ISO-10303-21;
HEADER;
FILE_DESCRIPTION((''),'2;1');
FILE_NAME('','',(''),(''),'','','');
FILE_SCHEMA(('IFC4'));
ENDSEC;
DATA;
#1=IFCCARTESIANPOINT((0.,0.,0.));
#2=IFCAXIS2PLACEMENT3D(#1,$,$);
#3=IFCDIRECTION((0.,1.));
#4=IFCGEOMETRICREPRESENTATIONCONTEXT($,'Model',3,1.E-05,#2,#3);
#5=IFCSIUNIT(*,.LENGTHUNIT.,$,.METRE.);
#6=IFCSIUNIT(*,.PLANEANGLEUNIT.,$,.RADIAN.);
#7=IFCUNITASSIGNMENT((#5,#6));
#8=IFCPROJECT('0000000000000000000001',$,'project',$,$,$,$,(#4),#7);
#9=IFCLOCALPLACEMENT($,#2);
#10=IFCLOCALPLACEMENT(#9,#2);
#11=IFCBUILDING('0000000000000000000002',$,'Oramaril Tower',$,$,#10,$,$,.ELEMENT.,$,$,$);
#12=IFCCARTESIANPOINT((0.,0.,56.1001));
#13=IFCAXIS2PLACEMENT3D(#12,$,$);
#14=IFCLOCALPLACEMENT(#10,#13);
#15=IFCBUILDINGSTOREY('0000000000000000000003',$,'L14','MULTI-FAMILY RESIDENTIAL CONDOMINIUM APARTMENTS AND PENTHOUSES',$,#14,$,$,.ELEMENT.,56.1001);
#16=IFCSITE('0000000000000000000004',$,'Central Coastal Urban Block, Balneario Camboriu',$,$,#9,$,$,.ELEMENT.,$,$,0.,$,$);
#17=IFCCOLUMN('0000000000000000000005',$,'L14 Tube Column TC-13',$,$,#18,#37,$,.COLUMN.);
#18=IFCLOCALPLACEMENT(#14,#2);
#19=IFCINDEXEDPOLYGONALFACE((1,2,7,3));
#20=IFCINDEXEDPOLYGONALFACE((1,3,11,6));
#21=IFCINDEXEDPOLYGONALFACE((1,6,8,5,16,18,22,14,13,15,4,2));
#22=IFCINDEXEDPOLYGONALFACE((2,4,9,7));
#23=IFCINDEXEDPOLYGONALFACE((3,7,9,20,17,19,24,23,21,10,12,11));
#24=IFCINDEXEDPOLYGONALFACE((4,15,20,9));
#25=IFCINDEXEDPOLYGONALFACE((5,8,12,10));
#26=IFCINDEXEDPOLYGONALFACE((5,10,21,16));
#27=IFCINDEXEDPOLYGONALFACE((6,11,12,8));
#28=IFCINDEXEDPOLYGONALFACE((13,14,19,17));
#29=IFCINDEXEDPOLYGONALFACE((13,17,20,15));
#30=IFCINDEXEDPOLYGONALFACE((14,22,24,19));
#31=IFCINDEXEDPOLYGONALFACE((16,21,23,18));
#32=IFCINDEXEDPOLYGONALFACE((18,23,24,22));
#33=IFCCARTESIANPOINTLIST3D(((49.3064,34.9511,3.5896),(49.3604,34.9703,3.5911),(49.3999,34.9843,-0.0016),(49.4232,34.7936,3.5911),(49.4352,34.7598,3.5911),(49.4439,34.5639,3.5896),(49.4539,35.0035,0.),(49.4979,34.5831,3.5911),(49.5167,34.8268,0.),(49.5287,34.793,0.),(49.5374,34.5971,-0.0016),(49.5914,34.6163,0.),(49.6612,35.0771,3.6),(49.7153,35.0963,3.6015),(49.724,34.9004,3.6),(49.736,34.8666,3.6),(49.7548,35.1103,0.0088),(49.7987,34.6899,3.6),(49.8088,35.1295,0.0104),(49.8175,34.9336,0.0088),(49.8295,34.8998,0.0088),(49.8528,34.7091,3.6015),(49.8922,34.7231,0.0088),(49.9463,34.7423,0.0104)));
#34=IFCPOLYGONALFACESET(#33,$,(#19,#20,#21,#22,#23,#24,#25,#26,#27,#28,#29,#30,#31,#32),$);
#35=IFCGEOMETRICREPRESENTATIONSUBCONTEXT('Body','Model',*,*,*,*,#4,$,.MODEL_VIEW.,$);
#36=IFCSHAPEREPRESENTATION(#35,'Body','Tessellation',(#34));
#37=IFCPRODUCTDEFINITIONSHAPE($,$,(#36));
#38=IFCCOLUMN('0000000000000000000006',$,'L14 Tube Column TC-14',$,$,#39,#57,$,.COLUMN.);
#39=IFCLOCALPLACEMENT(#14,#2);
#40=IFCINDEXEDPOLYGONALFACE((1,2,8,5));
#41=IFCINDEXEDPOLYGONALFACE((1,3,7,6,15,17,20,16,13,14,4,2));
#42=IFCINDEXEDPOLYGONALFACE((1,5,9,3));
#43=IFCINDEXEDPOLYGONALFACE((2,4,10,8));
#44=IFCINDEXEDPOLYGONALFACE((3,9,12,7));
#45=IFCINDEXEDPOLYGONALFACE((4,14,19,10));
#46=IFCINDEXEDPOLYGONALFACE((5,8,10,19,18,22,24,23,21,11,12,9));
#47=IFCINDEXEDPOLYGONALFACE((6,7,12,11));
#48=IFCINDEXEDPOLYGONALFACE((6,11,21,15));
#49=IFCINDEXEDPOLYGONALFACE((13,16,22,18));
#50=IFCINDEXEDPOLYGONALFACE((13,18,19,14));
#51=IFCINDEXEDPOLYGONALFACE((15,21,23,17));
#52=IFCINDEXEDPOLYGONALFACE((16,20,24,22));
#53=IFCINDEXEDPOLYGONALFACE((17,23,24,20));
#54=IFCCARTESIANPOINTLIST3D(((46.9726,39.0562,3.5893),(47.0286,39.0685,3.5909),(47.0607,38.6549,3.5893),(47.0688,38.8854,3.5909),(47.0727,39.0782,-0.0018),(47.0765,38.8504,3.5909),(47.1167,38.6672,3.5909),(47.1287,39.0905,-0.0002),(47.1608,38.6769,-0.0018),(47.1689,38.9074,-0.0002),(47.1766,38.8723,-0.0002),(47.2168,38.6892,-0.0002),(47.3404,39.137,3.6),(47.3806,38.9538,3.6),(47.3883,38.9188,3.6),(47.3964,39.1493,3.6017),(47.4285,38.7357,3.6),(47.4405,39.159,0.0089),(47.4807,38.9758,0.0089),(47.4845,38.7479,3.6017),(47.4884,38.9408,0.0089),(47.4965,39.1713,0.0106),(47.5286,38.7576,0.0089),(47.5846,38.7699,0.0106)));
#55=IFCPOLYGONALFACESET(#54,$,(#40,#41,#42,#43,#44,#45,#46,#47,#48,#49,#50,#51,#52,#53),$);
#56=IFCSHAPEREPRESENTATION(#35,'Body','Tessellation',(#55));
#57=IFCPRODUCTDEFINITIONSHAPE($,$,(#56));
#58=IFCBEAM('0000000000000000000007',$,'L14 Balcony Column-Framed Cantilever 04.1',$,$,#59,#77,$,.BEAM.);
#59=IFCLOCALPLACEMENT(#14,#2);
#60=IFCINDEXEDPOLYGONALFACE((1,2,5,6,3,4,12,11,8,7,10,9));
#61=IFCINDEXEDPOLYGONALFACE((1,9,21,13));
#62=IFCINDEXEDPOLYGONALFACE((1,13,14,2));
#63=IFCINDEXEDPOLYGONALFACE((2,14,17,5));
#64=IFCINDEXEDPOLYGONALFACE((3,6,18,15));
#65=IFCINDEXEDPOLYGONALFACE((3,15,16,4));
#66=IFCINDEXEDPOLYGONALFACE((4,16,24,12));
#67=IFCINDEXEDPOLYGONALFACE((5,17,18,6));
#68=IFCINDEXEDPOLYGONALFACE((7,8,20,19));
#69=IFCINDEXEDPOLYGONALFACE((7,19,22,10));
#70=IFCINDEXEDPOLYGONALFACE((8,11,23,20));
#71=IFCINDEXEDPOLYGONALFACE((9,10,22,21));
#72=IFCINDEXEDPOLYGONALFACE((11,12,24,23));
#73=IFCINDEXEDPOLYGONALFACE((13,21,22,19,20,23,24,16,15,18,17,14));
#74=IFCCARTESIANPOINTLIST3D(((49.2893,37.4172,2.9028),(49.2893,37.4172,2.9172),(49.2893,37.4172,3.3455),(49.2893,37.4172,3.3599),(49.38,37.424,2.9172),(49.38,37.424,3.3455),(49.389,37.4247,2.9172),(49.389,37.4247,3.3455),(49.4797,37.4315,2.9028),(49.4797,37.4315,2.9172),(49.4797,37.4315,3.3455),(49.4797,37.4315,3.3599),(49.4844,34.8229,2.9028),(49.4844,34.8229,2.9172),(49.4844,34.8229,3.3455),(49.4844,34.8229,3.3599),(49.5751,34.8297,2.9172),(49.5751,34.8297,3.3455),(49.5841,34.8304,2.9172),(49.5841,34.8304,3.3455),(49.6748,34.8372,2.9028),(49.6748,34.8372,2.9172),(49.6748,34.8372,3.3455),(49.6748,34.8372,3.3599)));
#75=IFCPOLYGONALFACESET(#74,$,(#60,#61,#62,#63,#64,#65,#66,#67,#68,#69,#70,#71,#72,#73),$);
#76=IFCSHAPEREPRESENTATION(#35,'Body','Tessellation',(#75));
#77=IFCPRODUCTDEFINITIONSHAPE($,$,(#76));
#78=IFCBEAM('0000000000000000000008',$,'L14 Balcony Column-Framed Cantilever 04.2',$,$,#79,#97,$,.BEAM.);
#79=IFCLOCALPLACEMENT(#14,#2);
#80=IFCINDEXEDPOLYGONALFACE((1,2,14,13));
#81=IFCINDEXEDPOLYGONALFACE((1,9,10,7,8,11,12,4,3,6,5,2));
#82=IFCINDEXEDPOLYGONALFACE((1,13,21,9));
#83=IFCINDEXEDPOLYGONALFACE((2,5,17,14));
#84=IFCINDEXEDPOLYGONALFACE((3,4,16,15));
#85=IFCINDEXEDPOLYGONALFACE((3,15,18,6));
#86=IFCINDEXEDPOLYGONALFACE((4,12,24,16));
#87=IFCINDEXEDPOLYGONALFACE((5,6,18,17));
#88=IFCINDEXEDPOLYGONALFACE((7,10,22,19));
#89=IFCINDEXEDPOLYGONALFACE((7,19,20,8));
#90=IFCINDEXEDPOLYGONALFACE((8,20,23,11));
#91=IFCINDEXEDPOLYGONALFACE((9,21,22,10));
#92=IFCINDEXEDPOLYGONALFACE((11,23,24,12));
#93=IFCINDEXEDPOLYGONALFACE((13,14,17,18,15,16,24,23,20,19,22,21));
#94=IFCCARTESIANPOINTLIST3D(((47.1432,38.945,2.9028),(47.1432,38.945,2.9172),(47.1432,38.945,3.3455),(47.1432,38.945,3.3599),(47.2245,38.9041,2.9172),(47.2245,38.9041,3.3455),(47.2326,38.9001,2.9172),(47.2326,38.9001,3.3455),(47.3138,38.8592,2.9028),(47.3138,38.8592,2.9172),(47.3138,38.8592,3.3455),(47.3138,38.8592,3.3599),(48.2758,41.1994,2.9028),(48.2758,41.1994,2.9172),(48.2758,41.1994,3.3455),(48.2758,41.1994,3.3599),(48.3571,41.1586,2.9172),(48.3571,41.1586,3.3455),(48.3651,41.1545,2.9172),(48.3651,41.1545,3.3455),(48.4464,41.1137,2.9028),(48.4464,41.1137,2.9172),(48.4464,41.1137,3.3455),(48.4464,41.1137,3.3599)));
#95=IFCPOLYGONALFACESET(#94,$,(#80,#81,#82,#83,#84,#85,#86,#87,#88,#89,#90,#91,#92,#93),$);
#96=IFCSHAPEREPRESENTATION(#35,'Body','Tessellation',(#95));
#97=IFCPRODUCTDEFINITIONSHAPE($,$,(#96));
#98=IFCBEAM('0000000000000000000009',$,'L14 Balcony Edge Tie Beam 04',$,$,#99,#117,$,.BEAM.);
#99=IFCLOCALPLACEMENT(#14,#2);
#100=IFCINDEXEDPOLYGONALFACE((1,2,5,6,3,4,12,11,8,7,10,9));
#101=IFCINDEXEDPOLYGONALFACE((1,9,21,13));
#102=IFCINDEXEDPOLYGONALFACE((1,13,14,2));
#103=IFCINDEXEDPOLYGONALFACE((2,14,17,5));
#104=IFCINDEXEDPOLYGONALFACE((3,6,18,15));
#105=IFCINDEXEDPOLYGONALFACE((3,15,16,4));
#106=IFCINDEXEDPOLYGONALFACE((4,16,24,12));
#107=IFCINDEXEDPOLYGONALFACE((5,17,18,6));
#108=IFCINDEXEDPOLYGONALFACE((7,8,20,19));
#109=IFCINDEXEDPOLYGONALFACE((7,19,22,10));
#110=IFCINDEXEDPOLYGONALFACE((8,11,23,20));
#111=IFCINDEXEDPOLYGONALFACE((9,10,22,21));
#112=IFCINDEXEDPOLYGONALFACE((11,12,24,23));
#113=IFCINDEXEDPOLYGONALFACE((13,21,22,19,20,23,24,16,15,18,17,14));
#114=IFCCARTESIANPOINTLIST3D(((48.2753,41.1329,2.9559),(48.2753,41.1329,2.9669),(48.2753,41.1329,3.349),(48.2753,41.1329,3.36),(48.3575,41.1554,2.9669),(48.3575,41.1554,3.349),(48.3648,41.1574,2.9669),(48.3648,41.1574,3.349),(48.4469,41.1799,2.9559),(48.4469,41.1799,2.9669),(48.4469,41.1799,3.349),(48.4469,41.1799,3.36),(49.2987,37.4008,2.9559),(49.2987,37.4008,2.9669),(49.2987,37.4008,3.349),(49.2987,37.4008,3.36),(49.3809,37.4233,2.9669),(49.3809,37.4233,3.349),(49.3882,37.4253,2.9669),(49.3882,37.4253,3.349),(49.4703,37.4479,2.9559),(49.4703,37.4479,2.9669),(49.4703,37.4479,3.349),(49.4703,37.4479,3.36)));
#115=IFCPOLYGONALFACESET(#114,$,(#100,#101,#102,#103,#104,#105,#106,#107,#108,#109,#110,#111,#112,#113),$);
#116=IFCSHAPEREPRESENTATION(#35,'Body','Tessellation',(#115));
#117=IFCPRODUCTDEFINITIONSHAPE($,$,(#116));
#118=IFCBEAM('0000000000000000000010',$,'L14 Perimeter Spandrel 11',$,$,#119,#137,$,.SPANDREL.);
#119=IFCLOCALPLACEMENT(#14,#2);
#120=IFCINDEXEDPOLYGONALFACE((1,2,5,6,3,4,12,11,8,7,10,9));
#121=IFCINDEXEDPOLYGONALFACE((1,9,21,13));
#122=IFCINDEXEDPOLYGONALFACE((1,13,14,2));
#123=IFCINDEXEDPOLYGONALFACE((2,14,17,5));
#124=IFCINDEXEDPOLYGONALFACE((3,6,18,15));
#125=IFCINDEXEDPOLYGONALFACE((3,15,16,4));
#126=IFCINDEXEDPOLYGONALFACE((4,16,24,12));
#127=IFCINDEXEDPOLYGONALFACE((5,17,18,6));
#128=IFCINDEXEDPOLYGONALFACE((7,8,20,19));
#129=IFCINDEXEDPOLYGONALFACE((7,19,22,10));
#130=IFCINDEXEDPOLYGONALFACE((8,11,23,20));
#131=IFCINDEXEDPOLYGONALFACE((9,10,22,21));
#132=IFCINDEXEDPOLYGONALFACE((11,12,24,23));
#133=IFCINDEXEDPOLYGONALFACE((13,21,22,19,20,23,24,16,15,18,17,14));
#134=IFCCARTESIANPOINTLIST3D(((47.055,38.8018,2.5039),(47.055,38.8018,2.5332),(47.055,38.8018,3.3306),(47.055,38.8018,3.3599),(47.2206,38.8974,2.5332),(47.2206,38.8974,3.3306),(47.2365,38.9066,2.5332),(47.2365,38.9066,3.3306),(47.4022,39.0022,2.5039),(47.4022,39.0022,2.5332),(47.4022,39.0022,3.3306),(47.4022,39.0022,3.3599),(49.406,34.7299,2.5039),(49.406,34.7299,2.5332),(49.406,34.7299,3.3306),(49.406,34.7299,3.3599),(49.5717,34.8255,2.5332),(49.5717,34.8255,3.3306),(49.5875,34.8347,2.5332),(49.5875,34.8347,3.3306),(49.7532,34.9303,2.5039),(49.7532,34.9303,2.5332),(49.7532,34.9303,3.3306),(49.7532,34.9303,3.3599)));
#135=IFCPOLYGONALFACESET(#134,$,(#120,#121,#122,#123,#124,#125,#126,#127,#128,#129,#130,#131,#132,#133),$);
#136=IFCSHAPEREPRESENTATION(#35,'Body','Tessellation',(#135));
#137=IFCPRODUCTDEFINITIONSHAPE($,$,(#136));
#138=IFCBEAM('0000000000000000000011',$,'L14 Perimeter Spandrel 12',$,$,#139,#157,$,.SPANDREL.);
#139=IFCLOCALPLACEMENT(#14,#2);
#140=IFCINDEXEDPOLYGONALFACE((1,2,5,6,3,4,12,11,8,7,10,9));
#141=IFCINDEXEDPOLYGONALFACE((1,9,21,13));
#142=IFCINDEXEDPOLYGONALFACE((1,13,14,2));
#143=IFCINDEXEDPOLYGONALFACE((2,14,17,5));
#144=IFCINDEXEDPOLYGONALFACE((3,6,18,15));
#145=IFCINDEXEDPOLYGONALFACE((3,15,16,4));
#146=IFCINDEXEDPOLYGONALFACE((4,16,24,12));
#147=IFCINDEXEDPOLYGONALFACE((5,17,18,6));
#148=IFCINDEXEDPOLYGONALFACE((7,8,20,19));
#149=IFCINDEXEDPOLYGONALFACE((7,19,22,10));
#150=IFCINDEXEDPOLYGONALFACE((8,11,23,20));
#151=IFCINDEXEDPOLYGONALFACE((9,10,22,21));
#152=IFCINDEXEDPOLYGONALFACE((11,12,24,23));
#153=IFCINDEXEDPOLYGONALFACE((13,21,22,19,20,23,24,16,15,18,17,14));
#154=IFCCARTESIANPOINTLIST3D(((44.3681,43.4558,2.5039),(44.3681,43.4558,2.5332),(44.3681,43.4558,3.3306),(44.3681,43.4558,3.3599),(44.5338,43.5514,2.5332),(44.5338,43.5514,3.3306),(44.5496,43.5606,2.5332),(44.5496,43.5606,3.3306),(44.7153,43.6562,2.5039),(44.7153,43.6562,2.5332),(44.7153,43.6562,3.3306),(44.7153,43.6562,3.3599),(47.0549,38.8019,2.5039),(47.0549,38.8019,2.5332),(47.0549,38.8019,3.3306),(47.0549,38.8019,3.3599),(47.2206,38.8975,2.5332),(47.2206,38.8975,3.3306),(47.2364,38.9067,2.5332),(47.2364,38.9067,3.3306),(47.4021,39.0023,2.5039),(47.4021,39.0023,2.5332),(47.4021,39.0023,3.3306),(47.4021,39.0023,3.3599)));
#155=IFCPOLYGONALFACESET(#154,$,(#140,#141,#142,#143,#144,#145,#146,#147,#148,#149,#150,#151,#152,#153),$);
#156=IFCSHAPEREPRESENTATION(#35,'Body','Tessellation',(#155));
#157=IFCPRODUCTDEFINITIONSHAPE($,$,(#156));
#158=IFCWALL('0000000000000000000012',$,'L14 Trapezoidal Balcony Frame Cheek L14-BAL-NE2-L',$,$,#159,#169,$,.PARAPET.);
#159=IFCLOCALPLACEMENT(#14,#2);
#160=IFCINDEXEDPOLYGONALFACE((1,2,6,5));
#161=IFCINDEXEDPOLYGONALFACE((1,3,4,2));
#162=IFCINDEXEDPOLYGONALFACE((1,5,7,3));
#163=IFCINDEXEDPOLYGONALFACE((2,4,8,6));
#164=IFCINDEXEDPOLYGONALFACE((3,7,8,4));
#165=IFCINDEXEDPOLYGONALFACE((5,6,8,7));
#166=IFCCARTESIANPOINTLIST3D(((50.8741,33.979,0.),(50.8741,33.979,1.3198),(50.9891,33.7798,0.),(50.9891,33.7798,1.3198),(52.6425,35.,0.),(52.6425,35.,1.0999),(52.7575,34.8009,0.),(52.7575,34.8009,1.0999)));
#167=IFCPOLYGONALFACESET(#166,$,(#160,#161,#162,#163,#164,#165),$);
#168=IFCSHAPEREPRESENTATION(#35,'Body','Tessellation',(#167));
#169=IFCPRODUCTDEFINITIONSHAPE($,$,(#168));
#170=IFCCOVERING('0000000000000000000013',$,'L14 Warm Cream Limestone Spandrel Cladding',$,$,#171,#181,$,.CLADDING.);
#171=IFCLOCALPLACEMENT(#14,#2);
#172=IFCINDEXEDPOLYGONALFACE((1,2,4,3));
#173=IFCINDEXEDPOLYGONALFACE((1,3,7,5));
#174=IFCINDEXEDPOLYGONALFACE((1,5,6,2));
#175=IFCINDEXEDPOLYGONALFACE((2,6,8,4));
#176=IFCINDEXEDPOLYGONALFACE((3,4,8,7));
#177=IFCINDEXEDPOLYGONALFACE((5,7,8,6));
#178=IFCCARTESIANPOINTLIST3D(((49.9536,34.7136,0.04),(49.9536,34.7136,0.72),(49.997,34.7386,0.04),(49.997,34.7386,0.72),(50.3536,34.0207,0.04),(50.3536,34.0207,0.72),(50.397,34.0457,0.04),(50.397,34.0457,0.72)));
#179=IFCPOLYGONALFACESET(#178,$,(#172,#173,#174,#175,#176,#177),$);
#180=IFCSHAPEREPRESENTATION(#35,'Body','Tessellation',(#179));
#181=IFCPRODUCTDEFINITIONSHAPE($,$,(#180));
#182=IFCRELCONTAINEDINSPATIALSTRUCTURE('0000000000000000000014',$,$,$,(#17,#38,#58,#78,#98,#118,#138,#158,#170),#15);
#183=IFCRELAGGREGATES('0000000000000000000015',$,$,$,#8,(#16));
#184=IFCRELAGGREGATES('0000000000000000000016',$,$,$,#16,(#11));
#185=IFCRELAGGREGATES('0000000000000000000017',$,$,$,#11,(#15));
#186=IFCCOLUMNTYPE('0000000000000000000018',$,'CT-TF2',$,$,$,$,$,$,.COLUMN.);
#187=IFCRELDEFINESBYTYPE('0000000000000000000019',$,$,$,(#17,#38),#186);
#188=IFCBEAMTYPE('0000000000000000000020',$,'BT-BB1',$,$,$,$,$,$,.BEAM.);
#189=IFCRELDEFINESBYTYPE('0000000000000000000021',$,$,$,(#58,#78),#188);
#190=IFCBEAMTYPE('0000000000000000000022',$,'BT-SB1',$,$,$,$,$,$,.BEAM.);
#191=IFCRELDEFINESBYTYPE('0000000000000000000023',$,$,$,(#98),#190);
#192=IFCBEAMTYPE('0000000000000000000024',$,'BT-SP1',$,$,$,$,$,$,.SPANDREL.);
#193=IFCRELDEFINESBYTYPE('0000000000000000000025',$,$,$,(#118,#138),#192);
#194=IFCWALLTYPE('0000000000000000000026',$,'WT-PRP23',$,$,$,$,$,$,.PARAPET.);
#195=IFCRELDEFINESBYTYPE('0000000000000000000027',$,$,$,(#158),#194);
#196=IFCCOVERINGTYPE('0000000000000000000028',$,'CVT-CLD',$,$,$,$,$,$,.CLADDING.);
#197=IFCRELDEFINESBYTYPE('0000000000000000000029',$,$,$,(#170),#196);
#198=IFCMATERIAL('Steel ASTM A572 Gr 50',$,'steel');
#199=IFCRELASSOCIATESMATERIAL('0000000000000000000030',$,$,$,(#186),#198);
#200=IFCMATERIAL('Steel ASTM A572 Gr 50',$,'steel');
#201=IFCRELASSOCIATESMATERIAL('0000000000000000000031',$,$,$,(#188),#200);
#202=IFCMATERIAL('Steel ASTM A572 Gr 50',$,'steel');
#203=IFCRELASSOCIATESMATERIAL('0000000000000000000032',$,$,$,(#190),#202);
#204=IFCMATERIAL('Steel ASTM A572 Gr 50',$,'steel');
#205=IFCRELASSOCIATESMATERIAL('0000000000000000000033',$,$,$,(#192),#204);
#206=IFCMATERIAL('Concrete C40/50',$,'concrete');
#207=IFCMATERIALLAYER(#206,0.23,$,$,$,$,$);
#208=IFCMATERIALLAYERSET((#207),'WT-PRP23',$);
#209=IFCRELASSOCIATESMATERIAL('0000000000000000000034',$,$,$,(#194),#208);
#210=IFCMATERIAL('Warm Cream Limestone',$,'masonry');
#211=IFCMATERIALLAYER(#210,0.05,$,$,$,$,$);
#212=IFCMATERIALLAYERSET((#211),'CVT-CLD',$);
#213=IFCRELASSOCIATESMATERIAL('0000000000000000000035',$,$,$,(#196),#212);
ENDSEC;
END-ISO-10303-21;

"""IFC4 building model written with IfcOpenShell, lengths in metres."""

from ifc_helpers import new_model, si_unit, direction, frame, origin, origin_2d, place, context, subcontext, project, spatial, polyline, rectangle, i_section, outline, extrude, material, layer, layer_set, material_profile, profile_set, type_object, element, save


model = new_model("IFC4")

# Units and contexts
model_context = context("Model", 3, precision=1e-05, world=origin(), true_north=direction((0.0, 1.0)))
body_context = subcontext(model_context, "Body", "Model", "MODEL_VIEW")
ifc_project = project(units=[si_unit("LENGTHUNIT", "METRE"), si_unit("PLANEANGLEUNIT", "RADIAN")], contexts=[model_context])

# Site, building, storey
site_placement = place(None, origin())
site = spatial("IfcSite", under=ifc_project, at=site_placement, Name="Central Coastal Urban Block, Balneario Camboriu", CompositionType="ELEMENT", RefElevation=0.0)
building_placement = place(site_placement, origin())
building = spatial("IfcBuilding", under=site, at=building_placement, Name="Oramaril Tower", CompositionType="ELEMENT")
storey_placement = place(building_placement, frame((0.0, 0.0, 56.1001)))
storey = spatial("IfcBuildingStorey", under=building, at=storey_placement, Name="L14", Description="MULTI-FAMILY RESIDENTIAL CONDOMINIUM APARTMENTS AND PENTHOUSES", CompositionType="ELEMENT", Elevation=56.1001)

# Columns
ifc_material_1 = material(Name="Steel ASTM A572 Gr 50", Category="steel")
ifc_material_profile_1 = material_profile(ifc_material_1, i_section(OverallWidth=0.4109, OverallDepth=0.4341, WebThickness=0.0359, FlangeThickness=0.0574, at=origin_2d()), Name="W14X311")
ifc_profile_set_1 = profile_set([ifc_material_profile_1], Name="Steel ASTM A572 Gr 50")
column_type = type_object("IfcColumnType", Name="CT-TF2", PredefinedType="COLUMN", material=ifc_profile_set_1)
for number, where, z_axis, x_axis, name in (
    (1, (49.6731, 34.8633, 0.0044), (-0.026029, -0.009243, 0.999618), (0.334621, -0.942353, 0.0), "L14 Tube Column TC-13"),
    (2, (47.3286, 38.9241, 0.0044), (-0.027863, -0.006116, 0.999593), (0.214407, -0.976744, 0.0), "L14 Tube Column TC-14"),
):
    element("IfcColumn", number, at=place(storey_placement, frame(where, z_axis=z_axis, x_axis=x_axis)), inside=storey, type_object=column_type, Name=name, PredefinedType="COLUMN", context=body_context, shape_type="SweptSolid", body=[
        extrude(i_section(OverallWidth=0.4109, OverallDepth=0.4341, WebThickness=0.0359, FlangeThickness=0.0574, at=origin_2d()), origin(), (0.0, 0.0, 1.0), 3.5925),
    ])

# Beams
ifc_material_2 = material(Name="Steel ASTM A572 Gr 50", Category="steel")
ifc_material_profile_2 = material_profile(ifc_material_2, i_section(OverallWidth=0.1909, OverallDepth=0.457, WebThickness=0.009, FlangeThickness=0.0144, at=origin_2d()), Name="W18X50")
ifc_profile_set_2 = profile_set([ifc_material_profile_2], Name="Steel ASTM A572 Gr 50")
beam_type_1 = type_object("IfcBeamType", Name="BT-BB1", PredefinedType="BEAM", material=ifc_profile_set_2)
beam_1_placement = place(storey_placement, frame((49.5796, 34.8301, 3.1313), z_axis=(-0.074981, 0.997185, 0.0), x_axis=(-0.997185, -0.074981, 0.0)))
element("IfcBeam", 3, at=beam_1_placement, inside=storey, type_object=beam_type_1, Name="L14 Balcony Column-Framed Cantilever 04.1", PredefinedType="BEAM", context=body_context, shape_type="SweptSolid", body=[
    extrude(i_section(OverallWidth=0.1909, OverallDepth=0.457, WebThickness=0.009, FlangeThickness=0.0144, at=origin_2d()), origin(), (0.0, 0.0, 1.0), 2.6016),
])
beam_2_placement = place(storey_placement, frame((47.2285, 38.9021, 3.1313), z_axis=(0.448916, 0.893574, 0.0), x_axis=(-0.893574, 0.448916, 0.0)))
element("IfcBeam", 4, at=beam_2_placement, inside=storey, type_object=beam_type_1, Name="L14 Balcony Column-Framed Cantilever 04.2", PredefinedType="BEAM", context=body_context, shape_type="SweptSolid", body=[
    extrude(i_section(OverallWidth=0.1909, OverallDepth=0.457, WebThickness=0.009, FlangeThickness=0.0144, at=origin_2d()), origin(), (0.0, 0.0, 1.0), 2.5229),
])
ifc_material_3 = material(Name="Steel ASTM A572 Gr 50", Category="steel")
ifc_material_profile_3 = material_profile(ifc_material_3, i_section(OverallWidth=0.178, OverallDepth=0.4041, WebThickness=0.0076, FlangeThickness=0.011, at=origin_2d()), Name="W16X36")
ifc_profile_set_3 = profile_set([ifc_material_profile_3], Name="Steel ASTM A572 Gr 50")
beam_type_2 = type_object("IfcBeamType", Name="BT-SB1", PredefinedType="BEAM", material=ifc_profile_set_3)
beam_3_placement = place(storey_placement, frame((49.3845, 37.4243, 3.158), z_axis=(-0.264457, 0.964397, 0.0), x_axis=(-0.964397, -0.264457, 0.0)))
element("IfcBeam", 5, at=beam_3_placement, inside=storey, type_object=beam_type_2, Name="L14 Balcony Edge Tie Beam 04", PredefinedType="BEAM", context=body_context, shape_type="SweptSolid", body=[
    extrude(i_section(OverallWidth=0.178, OverallDepth=0.4041, WebThickness=0.0076, FlangeThickness=0.011, at=origin_2d()), origin(), (0.0, 0.0, 1.0), 3.8699),
])
ifc_material_4 = material(Name="Steel ASTM A572 Gr 50", Category="steel")
ifc_material_profile_4 = material_profile(ifc_material_4, i_section(OverallWidth=0.4009, OverallDepth=0.856, WebThickness=0.0183, FlangeThickness=0.0293, at=origin_2d()), Name="W33X201")
ifc_profile_set_4 = profile_set([ifc_material_profile_4], Name="Steel ASTM A572 Gr 50")
beam_type_3 = type_object("IfcBeamType", Name="BT-SP1", PredefinedType="SPANDREL", material=ifc_profile_set_4)
beam_4_placement = place(storey_placement, frame((49.5796, 34.8301, 2.9319), z_axis=(-0.500015, 0.866017, 0.0), x_axis=(-0.866017, -0.500015, 0.0)))
element("IfcBeam", 6, at=beam_4_placement, inside=storey, type_object=beam_type_3, Name="L14 Perimeter Spandrel 11", PredefinedType="SPANDREL", context=body_context, shape_type="SweptSolid", body=[
    extrude(i_section(OverallWidth=0.4009, OverallDepth=0.856, WebThickness=0.0183, FlangeThickness=0.0293, at=origin_2d()), origin(), (0.0, 0.0, 1.0), 4.7019),
])
beam_5_placement = place(storey_placement, frame((47.2285, 38.9021, 2.9319), z_axis=(-0.499985, 0.866034, 0.0), x_axis=(-0.866034, -0.499985, 0.0)))
element("IfcBeam", 7, at=beam_5_placement, inside=storey, type_object=beam_type_3, Name="L14 Perimeter Spandrel 12", PredefinedType="SPANDREL", context=body_context, shape_type="SweptSolid", body=[
    extrude(i_section(OverallWidth=0.4009, OverallDepth=0.856, WebThickness=0.0183, FlangeThickness=0.0293, at=origin_2d()), origin(), (0.0, 0.0, 1.0), 5.3738),
])

# Wall
ifc_material_5 = material(Name="Concrete C40/50", Category="concrete")
ifc_layer_1 = layer(ifc_material_5, 0.23)
ifc_layer_set_1 = layer_set([ifc_layer_1], Name="WT-PRP23")
wall_type = type_object("IfcWallType", Name="WT-PRP23", PredefinedType="PARAPET", material=ifc_layer_set_1)
wall_placement = place(storey_placement, frame((50.9316, 33.8794, 0.0), z_axis=(0.0, 0.0, 1.0), x_axis=(0.866012, 0.500023, 0.0)))
element("IfcWall", 8, at=wall_placement, inside=storey, type_object=wall_type, Name="L14 Trapezoidal Balcony Frame Cheek L14-BAL-NE2-L", PredefinedType="PARAPET", context=body_context, shape_type="SweptSolid", body=[
    extrude(outline(polyline([(0.0, 0.0), (2.042, 0.0), (2.042, 1.0999), (0.0, 1.3198), (0.0, 0.0)])), frame((0.0, 0.115, 0.0), z_axis=(0.0, -1.0, 0.0), x_axis=(1.0, 0.0, 0.0)), (0.0, 0.0, 1.0), 0.23),
])

# Covering
ifc_material_6 = material(Name="Warm Cream Limestone", Category="masonry")
ifc_layer_2 = layer(ifc_material_6, 0.05)
ifc_layer_set_2 = layer_set([ifc_layer_2], Name="CVT-CLD")
covering_type = type_object("IfcCoveringType", Name="CVT-CLD", PredefinedType="CLADDING", material=ifc_layer_set_2)
covering_1_placement = place(storey_placement, frame((50.1753, 34.3796, 0.04), z_axis=(0.0, 0.0, 1.0), x_axis=(-0.499998, 0.866026, 0.0)))
element("IfcCovering", 9, at=covering_1_placement, inside=storey, type_object=covering_type, Name="L14 Warm Cream Limestone Spandrel Cladding", PredefinedType="CLADDING", context=body_context, shape_type="SweptSolid", body=[
    extrude(rectangle(XDim=0.8, YDim=0.05, at=origin_2d()), origin(), (0.0, 0.0, 1.0), 0.6799),
])

save(model, "model.ifc")
